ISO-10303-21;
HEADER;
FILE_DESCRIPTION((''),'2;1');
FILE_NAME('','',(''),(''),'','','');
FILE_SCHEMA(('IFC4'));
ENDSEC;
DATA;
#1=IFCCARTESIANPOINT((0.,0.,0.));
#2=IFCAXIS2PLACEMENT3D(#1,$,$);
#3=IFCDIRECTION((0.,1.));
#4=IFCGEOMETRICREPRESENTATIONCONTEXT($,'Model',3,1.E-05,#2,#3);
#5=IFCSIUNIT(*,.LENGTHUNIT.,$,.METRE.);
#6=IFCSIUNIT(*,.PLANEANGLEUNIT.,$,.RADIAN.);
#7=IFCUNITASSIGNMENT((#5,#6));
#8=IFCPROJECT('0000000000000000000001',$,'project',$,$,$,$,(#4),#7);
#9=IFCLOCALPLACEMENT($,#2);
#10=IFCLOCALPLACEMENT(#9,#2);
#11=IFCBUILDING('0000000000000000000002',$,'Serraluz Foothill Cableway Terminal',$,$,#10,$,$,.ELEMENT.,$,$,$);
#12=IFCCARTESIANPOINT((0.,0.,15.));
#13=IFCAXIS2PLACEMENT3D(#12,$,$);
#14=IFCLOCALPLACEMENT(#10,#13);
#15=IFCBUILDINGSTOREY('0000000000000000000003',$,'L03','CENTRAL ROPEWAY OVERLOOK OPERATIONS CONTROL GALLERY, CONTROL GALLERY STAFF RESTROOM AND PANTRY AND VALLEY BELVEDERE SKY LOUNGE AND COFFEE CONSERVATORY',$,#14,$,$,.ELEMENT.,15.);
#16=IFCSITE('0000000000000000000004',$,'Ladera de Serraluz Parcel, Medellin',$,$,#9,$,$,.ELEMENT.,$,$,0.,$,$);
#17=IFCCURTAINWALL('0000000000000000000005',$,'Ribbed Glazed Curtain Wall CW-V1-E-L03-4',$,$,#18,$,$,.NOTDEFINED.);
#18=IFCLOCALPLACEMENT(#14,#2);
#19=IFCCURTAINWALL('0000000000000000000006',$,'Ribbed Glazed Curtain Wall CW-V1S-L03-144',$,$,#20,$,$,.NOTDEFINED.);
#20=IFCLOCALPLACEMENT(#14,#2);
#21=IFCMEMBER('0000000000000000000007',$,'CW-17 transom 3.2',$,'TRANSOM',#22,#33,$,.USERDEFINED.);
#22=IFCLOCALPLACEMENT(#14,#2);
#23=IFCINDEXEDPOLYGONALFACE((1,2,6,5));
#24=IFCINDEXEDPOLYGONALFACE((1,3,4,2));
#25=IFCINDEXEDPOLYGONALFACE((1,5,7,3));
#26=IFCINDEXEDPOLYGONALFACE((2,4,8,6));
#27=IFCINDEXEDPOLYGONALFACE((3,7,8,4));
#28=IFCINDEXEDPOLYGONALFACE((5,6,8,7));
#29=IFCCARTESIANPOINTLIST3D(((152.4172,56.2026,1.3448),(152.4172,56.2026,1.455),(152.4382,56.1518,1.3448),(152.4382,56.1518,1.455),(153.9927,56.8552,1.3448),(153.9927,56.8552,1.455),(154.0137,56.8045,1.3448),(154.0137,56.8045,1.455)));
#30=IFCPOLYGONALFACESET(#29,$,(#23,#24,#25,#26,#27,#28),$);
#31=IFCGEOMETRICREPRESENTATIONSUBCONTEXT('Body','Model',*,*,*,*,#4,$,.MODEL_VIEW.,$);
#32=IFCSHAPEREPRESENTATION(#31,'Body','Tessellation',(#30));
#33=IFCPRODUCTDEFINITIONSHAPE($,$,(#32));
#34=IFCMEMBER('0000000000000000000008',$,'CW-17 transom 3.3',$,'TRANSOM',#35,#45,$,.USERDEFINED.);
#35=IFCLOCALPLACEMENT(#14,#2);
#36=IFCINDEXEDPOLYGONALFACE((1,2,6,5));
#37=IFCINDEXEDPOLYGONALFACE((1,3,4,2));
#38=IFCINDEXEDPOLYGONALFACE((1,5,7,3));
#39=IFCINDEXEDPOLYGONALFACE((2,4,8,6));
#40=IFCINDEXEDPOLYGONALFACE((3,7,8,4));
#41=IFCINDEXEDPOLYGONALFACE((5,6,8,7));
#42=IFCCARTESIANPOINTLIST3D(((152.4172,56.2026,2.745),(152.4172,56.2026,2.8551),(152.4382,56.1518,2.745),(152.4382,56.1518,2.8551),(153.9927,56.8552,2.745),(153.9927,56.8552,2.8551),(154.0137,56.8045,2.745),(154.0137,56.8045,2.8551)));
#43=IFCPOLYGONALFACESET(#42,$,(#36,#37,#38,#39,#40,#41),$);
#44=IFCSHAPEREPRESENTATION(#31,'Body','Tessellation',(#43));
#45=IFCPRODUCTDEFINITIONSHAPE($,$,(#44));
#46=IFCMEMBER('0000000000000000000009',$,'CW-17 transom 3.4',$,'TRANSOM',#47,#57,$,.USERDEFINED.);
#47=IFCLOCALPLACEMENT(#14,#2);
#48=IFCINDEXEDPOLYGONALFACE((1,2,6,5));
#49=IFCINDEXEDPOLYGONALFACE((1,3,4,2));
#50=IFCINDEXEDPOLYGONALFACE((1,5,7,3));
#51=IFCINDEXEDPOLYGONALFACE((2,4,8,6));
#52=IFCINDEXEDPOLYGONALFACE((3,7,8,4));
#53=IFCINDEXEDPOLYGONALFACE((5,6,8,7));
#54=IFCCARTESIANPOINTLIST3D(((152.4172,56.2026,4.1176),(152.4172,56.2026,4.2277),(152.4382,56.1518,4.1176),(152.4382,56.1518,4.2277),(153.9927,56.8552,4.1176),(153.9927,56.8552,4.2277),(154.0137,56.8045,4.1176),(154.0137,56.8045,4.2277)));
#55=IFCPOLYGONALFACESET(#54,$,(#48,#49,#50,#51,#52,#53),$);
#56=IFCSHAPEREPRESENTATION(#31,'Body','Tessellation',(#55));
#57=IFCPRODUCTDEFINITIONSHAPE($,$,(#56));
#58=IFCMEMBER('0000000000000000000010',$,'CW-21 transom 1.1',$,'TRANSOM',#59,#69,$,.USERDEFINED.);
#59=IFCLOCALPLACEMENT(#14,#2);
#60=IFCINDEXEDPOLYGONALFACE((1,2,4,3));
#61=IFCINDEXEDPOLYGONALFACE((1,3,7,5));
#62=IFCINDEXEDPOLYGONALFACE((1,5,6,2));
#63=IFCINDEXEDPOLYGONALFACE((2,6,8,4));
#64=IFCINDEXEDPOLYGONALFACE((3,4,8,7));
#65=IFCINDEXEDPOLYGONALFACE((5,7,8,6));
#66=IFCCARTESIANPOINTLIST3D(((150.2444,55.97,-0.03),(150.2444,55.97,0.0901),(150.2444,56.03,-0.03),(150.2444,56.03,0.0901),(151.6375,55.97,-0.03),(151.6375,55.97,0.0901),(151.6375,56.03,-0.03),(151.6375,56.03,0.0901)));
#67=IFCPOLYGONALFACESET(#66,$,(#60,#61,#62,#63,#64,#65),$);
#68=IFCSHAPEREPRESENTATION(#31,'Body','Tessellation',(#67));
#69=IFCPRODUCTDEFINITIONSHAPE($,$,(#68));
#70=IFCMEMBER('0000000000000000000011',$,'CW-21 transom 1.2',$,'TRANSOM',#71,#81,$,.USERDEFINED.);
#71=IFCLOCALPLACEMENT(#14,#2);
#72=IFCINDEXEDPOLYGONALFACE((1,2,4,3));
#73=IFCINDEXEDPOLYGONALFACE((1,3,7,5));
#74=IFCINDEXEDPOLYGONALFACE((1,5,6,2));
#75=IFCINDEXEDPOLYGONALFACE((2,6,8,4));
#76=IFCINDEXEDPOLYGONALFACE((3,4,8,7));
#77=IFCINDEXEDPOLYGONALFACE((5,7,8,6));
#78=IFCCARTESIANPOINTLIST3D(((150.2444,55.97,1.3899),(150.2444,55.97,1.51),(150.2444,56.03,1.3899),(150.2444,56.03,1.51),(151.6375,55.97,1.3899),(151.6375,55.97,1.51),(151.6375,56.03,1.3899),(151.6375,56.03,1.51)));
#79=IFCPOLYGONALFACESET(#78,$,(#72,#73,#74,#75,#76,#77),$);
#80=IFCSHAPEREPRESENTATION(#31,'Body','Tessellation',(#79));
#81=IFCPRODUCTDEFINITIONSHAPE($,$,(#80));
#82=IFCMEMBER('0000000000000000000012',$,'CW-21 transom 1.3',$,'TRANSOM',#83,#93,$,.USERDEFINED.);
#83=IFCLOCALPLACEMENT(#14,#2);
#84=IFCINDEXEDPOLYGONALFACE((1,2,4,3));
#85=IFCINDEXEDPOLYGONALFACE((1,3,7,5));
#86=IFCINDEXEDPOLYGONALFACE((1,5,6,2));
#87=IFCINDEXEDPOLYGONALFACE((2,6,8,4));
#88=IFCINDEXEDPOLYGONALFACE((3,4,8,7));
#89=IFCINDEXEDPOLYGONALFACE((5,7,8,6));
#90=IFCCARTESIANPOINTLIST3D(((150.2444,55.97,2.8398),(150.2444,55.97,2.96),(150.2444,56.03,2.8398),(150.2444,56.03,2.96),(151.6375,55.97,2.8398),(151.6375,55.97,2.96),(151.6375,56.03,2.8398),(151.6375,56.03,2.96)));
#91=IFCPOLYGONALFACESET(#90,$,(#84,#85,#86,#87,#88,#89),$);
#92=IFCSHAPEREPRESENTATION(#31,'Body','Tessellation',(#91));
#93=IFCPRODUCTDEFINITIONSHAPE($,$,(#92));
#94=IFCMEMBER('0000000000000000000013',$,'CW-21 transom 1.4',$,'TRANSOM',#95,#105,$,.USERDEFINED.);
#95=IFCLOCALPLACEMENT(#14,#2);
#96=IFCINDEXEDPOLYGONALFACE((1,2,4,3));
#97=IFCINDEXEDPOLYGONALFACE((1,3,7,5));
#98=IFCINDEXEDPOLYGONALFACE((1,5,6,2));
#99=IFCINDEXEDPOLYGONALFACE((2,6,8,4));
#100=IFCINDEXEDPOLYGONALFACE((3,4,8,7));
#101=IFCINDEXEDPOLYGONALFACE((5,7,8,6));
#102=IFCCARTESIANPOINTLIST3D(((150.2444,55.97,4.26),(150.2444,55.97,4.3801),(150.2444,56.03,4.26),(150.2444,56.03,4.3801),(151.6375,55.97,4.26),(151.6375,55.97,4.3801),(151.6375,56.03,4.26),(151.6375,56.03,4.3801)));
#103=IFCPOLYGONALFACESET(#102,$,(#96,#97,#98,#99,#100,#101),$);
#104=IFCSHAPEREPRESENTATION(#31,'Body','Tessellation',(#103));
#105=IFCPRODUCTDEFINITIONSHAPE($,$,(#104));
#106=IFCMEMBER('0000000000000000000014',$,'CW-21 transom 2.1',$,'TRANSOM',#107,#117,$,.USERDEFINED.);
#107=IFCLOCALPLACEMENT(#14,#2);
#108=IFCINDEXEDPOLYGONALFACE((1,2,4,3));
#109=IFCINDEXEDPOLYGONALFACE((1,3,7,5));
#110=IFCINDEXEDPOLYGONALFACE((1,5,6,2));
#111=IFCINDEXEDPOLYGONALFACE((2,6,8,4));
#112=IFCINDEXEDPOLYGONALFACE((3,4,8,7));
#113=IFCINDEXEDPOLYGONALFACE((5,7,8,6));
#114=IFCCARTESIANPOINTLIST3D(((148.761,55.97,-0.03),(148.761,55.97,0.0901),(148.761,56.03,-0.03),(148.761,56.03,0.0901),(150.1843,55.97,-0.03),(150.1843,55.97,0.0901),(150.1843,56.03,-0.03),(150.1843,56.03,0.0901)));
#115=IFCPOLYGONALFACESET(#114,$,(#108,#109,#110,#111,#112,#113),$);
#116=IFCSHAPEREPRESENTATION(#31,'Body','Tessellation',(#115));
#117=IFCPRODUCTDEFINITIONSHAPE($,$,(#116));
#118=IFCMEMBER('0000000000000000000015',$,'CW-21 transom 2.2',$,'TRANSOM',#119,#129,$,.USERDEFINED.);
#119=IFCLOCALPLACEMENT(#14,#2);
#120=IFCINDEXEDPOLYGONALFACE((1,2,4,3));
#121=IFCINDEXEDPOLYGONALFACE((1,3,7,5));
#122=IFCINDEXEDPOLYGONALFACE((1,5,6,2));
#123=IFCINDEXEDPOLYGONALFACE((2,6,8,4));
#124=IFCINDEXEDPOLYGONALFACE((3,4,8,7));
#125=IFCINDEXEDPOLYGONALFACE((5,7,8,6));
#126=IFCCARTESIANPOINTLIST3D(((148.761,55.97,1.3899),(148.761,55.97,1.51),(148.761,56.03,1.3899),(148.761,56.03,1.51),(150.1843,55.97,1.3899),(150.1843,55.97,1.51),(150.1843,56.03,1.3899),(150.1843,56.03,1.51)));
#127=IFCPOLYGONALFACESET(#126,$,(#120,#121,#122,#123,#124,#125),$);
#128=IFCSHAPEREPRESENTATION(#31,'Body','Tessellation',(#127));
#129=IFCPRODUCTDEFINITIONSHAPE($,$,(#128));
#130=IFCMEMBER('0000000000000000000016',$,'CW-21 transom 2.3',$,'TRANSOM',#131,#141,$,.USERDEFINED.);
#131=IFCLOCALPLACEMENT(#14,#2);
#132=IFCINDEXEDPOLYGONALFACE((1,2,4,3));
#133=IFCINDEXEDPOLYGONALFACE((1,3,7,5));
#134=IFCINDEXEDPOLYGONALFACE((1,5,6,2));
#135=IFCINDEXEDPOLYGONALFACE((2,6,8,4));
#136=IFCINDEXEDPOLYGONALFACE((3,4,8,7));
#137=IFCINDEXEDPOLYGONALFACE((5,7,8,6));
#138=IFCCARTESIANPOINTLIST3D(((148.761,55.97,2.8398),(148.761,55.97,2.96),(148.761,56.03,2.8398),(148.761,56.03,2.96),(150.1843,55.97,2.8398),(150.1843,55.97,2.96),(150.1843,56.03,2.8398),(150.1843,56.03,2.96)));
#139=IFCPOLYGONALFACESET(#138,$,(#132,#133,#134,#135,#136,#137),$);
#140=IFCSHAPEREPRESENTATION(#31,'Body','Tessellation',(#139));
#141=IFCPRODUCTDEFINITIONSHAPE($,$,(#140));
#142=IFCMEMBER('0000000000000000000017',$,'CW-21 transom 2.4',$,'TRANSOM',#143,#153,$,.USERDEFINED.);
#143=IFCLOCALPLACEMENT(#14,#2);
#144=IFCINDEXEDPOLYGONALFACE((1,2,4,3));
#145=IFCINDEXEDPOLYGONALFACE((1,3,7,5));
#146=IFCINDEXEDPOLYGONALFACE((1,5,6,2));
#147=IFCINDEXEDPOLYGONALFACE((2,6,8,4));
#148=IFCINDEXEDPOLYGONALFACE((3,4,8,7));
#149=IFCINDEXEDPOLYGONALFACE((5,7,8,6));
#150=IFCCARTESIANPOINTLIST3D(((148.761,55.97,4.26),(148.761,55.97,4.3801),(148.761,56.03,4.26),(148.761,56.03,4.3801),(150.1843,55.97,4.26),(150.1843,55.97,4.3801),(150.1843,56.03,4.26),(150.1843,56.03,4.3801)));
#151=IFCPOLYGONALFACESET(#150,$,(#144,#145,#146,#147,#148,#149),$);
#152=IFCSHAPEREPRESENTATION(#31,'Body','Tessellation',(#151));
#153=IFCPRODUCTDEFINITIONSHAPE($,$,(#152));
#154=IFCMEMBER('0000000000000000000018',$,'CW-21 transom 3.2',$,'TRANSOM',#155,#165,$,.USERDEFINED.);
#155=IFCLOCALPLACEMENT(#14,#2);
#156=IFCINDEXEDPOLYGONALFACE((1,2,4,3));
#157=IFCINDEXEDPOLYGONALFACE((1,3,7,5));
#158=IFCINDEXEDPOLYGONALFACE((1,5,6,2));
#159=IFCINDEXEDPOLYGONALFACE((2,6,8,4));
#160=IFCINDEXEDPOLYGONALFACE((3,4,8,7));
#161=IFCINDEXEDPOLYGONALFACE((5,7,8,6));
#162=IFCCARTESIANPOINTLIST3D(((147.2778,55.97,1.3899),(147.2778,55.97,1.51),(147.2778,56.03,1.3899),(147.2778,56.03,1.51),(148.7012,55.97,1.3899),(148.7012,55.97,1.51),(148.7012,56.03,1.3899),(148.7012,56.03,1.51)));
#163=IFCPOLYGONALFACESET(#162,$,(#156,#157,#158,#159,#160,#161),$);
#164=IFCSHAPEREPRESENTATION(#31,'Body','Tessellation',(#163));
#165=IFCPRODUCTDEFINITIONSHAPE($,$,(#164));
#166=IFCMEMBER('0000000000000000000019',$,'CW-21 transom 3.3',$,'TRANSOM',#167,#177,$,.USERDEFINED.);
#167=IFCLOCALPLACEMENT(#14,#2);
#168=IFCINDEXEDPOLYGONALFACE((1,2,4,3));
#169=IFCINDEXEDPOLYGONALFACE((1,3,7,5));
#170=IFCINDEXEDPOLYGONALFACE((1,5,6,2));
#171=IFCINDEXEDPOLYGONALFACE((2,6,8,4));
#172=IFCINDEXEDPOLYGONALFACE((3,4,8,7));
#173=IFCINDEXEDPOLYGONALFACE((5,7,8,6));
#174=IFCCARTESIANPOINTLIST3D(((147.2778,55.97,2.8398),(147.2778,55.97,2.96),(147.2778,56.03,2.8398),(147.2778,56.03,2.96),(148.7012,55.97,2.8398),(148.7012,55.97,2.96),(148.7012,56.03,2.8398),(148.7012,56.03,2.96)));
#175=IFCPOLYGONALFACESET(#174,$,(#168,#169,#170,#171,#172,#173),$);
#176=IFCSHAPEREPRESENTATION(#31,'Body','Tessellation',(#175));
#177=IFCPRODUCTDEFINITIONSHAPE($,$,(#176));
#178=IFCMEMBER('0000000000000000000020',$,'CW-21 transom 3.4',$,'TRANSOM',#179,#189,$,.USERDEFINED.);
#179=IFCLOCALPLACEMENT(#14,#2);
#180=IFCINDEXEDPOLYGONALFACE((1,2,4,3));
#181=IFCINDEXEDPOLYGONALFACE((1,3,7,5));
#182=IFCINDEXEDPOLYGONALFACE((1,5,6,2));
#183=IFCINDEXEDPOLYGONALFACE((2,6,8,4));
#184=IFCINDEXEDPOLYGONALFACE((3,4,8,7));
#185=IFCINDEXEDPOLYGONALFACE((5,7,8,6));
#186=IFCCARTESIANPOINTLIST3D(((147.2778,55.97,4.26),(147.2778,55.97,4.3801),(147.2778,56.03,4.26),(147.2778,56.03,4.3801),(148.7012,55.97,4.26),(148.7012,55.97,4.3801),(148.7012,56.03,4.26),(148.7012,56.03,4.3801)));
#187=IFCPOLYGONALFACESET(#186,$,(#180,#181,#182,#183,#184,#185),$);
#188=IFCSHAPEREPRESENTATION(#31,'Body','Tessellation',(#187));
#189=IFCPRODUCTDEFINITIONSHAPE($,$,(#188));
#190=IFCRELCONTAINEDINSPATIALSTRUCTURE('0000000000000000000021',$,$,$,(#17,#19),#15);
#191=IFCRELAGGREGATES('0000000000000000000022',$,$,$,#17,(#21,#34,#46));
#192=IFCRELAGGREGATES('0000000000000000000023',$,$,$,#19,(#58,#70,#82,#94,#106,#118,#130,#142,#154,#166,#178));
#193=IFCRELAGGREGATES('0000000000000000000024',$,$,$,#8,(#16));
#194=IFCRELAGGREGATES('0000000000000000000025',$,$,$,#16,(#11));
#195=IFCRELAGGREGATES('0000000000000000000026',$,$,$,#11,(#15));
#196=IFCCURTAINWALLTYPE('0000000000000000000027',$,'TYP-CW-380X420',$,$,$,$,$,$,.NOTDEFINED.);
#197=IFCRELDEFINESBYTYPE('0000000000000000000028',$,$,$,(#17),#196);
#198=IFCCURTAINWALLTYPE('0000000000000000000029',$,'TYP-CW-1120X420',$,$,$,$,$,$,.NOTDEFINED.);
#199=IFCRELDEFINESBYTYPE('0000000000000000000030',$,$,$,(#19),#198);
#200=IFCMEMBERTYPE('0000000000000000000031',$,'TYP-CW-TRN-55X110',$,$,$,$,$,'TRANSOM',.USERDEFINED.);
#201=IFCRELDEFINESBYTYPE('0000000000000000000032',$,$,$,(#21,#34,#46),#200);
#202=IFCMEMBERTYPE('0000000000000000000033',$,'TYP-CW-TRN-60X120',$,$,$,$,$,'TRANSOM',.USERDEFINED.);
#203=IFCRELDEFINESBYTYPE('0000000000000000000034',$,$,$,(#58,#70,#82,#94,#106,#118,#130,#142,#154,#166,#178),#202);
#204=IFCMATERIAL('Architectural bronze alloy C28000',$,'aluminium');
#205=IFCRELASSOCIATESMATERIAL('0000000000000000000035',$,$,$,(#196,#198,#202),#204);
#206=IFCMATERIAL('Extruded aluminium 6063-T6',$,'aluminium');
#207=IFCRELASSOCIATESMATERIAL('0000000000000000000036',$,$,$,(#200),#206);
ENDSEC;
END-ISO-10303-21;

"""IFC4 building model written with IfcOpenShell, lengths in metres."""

from ifc_helpers import new_model, si_unit, direction, frame, origin, origin_2d, place, context, subcontext, project, spatial, rectangle, extrude, material, material_profile, profile_set, type_object, element, aggregate, save


model = new_model("IFC4")

# Units and contexts
model_context = context("Model", 3, precision=1e-05, world=origin(), true_north=direction((0.0, 1.0)))
body_context = subcontext(model_context, "Body", "Model", "MODEL_VIEW")
ifc_project = project(units=[si_unit("LENGTHUNIT", "METRE"), si_unit("PLANEANGLEUNIT", "RADIAN")], contexts=[model_context])

# Site, building, storey
site_placement = place(None, origin())
site = spatial("IfcSite", under=ifc_project, at=site_placement, Name="Ladera de Serraluz Parcel, Medellin", CompositionType="ELEMENT", RefElevation=0.0)
building_placement = place(site_placement, origin())
building = spatial("IfcBuilding", under=site, at=building_placement, Name="Serraluz Foothill Cableway Terminal", CompositionType="ELEMENT")
storey_placement = place(building_placement, frame((0.0, 0.0, 15.0)))
storey = spatial("IfcBuildingStorey", under=building, at=storey_placement, Name="L03", Description="CENTRAL ROPEWAY OVERLOOK OPERATIONS CONTROL GALLERY, CONTROL GALLERY STAFF RESTROOM AND PANTRY AND VALLEY BELVEDERE SKY LOUNGE AND COFFEE CONSERVATORY", CompositionType="ELEMENT", Elevation=15.0)

# Curtain walls
ifc_material_1 = material(Name="Architectural bronze alloy C28000", Category="aluminium")
curtain_wall_type_1 = type_object("IfcCurtainWallType", Name="TYP-CW-380X420", PredefinedType="NOTDEFINED", material=ifc_material_1)
curtain_wall_1_placement = place(storey_placement, origin())
curtain_wall_1 = element("IfcCurtainWall", 1, at=curtain_wall_1_placement, inside=storey, type_object=curtain_wall_type_1, Name="Ribbed Glazed Curtain Wall CW-V1-E-L03-4", PredefinedType="NOTDEFINED")
ifc_material_2 = material(Name="Extruded aluminium 6063-T6", Category="aluminium")
curtain_wall_type_2 = type_object("IfcCurtainWallType", Name="TYP-CW-1120X420", PredefinedType="NOTDEFINED", material=ifc_material_1)
curtain_wall_2_placement = place(storey_placement, origin())
curtain_wall_2 = element("IfcCurtainWall", 2, at=curtain_wall_2_placement, inside=storey, type_object=curtain_wall_type_2, Name="Ribbed Glazed Curtain Wall CW-V1S-L03-144", PredefinedType="NOTDEFINED")

# Members
ifc_material_profile_1 = material_profile(ifc_material_2, rectangle(XDim=0.0549, YDim=0.1101, at=origin_2d()), Name="ALU TRANSOM 55x110")
ifc_profile_set_1 = profile_set([ifc_material_profile_1], Name="Extruded aluminium 6063-T6")
member_type_1 = type_object("IfcMemberType", Name="TYP-CW-TRN-55X110", ElementType="TRANSOM", PredefinedType="USERDEFINED", material=ifc_profile_set_1)
member_1_placement = place(storey_placement, frame((154.0032, 56.8298, 1.3999), z_axis=(-0.923875, -0.382693, 0.0), x_axis=(0.382693, -0.923875, 0.0)))
member_1 = element("IfcMember", 3, at=member_1_placement, type_object=member_type_1, Name="CW-17 transom 3.2", ObjectType="TRANSOM", PredefinedType="USERDEFINED", context=body_context, shape_type="SweptSolid", body=[
    extrude(rectangle(XDim=0.0549, YDim=0.1101, at=origin_2d()), origin(), (0.0, 0.0, 1.0), 1.7053),
])
member_2_placement = place(storey_placement, frame((154.0032, 56.8298, 2.8), z_axis=(-0.923875, -0.382693, 0.0), x_axis=(0.382693, -0.923875, 0.0)))
member_2 = element("IfcMember", 4, at=member_2_placement, type_object=member_type_1, Name="CW-17 transom 3.3", ObjectType="TRANSOM", PredefinedType="USERDEFINED", context=body_context, shape_type="SweptSolid", body=[
    extrude(rectangle(XDim=0.0549, YDim=0.1101, at=origin_2d()), origin(), (0.0, 0.0, 1.0), 1.7053),
])
member_3_placement = place(storey_placement, frame((154.0032, 56.8298, 4.1726), z_axis=(-0.923875, -0.382693, 0.0), x_axis=(0.382693, -0.923875, 0.0)))
member_3 = element("IfcMember", 5, at=member_3_placement, type_object=member_type_1, Name="CW-17 transom 3.4", ObjectType="TRANSOM", PredefinedType="USERDEFINED", context=body_context, shape_type="SweptSolid", body=[
    extrude(rectangle(XDim=0.0549, YDim=0.1101, at=origin_2d()), origin(), (0.0, 0.0, 1.0), 1.7053),
])
ifc_material_profile_2 = material_profile(ifc_material_1, rectangle(XDim=0.0601, YDim=0.1201, at=origin_2d()), Name="ALU TRANSOM 60x120")
ifc_profile_set_2 = profile_set([ifc_material_profile_2], Name="Architectural bronze alloy C28000")
member_type_2 = type_object("IfcMemberType", Name="TYP-CW-TRN-60X120", ElementType="TRANSOM", PredefinedType="USERDEFINED", material=ifc_profile_set_2)
member_4_placement = place(storey_placement, frame((151.6375, 56.0, 0.03), z_axis=(-1.0, 0.0, 0.0), x_axis=(0.0, -1.0, 0.0)))
member_4 = element("IfcMember", 6, at=member_4_placement, type_object=member_type_2, Name="CW-21 transom 1.1", ObjectType="TRANSOM", PredefinedType="USERDEFINED", context=body_context, shape_type="SweptSolid", body=[
    extrude(rectangle(XDim=0.0601, YDim=0.1201, at=origin_2d()), origin(), (0.0, 0.0, 1.0), 1.3931),
])
member_5_placement = place(storey_placement, frame((151.6375, 56.0, 1.45), z_axis=(-1.0, 0.0, 0.0), x_axis=(0.0, -1.0, 0.0)))
member_5 = element("IfcMember", 7, at=member_5_placement, type_object=member_type_2, Name="CW-21 transom 1.2", ObjectType="TRANSOM", PredefinedType="USERDEFINED", context=body_context, shape_type="SweptSolid", body=[
    extrude(rectangle(XDim=0.0601, YDim=0.1201, at=origin_2d()), origin(), (0.0, 0.0, 1.0), 1.3931),
])
member_6_placement = place(storey_placement, frame((151.6375, 56.0, 2.8999), z_axis=(-1.0, 0.0, 0.0), x_axis=(0.0, -1.0, 0.0)))
member_6 = element("IfcMember", 8, at=member_6_placement, type_object=member_type_2, Name="CW-21 transom 1.3", ObjectType="TRANSOM", PredefinedType="USERDEFINED", context=body_context, shape_type="SweptSolid", body=[
    extrude(rectangle(XDim=0.0601, YDim=0.1201, at=origin_2d()), origin(), (0.0, 0.0, 1.0), 1.3931),
])
member_7_placement = place(storey_placement, frame((151.6375, 56.0, 4.3201), z_axis=(-1.0, 0.0, 0.0), x_axis=(0.0, -1.0, 0.0)))
member_7 = element("IfcMember", 9, at=member_7_placement, type_object=member_type_2, Name="CW-21 transom 1.4", ObjectType="TRANSOM", PredefinedType="USERDEFINED", context=body_context, shape_type="SweptSolid", body=[
    extrude(rectangle(XDim=0.0601, YDim=0.1201, at=origin_2d()), origin(), (0.0, 0.0, 1.0), 1.3931),
])
member_8_placement = place(storey_placement, frame((150.1843, 56.0, 0.03), z_axis=(-1.0, 0.0, 0.0), x_axis=(0.0, -1.0, 0.0)))
member_8 = element("IfcMember", 10, at=member_8_placement, type_object=member_type_2, Name="CW-21 transom 2.1", ObjectType="TRANSOM", PredefinedType="USERDEFINED", context=body_context, shape_type="SweptSolid", body=[
    extrude(rectangle(XDim=0.0601, YDim=0.1201, at=origin_2d()), origin(), (0.0, 0.0, 1.0), 1.4233),
])
member_9_placement = place(storey_placement, frame((150.1843, 56.0, 1.45), z_axis=(-1.0, 0.0, 0.0), x_axis=(0.0, -1.0, 0.0)))
member_9 = element("IfcMember", 11, at=member_9_placement, type_object=member_type_2, Name="CW-21 transom 2.2", ObjectType="TRANSOM", PredefinedType="USERDEFINED", context=body_context, shape_type="SweptSolid", body=[
    extrude(rectangle(XDim=0.0601, YDim=0.1201, at=origin_2d()), origin(), (0.0, 0.0, 1.0), 1.4233),
])
member_10_placement = place(storey_placement, frame((150.1843, 56.0, 2.8999), z_axis=(-1.0, 0.0, 0.0), x_axis=(0.0, -1.0, 0.0)))
member_10 = element("IfcMember", 12, at=member_10_placement, type_object=member_type_2, Name="CW-21 transom 2.3", ObjectType="TRANSOM", PredefinedType="USERDEFINED", context=body_context, shape_type="SweptSolid", body=[
    extrude(rectangle(XDim=0.0601, YDim=0.1201, at=origin_2d()), origin(), (0.0, 0.0, 1.0), 1.4233),
])
member_11_placement = place(storey_placement, frame((150.1843, 56.0, 4.3201), z_axis=(-1.0, 0.0, 0.0), x_axis=(0.0, -1.0, 0.0)))
member_11 = element("IfcMember", 13, at=member_11_placement, type_object=member_type_2, Name="CW-21 transom 2.4", ObjectType="TRANSOM", PredefinedType="USERDEFINED", context=body_context, shape_type="SweptSolid", body=[
    extrude(rectangle(XDim=0.0601, YDim=0.1201, at=origin_2d()), origin(), (0.0, 0.0, 1.0), 1.4233),
])
member_12_placement = place(storey_placement, frame((148.7012, 56.0, 1.45), z_axis=(-1.0, 0.0, 0.0), x_axis=(0.0, -1.0, 0.0)))
member_12 = element("IfcMember", 14, at=member_12_placement, type_object=member_type_2, Name="CW-21 transom 3.2", ObjectType="TRANSOM", PredefinedType="USERDEFINED", context=body_context, shape_type="SweptSolid", body=[
    extrude(rectangle(XDim=0.0601, YDim=0.1201, at=origin_2d()), origin(), (0.0, 0.0, 1.0), 1.4233),
])
member_13_placement = place(storey_placement, frame((148.7012, 56.0, 2.8999), z_axis=(-1.0, 0.0, 0.0), x_axis=(0.0, -1.0, 0.0)))
member_13 = element("IfcMember", 15, at=member_13_placement, type_object=member_type_2, Name="CW-21 transom 3.3", ObjectType="TRANSOM", PredefinedType="USERDEFINED", context=body_context, shape_type="SweptSolid", body=[
    extrude(rectangle(XDim=0.0601, YDim=0.1201, at=origin_2d()), origin(), (0.0, 0.0, 1.0), 1.4233),
])
member_14_placement = place(storey_placement, frame((148.7012, 56.0, 4.3201), z_axis=(-1.0, 0.0, 0.0), x_axis=(0.0, -1.0, 0.0)))
member_14 = element("IfcMember", 16, at=member_14_placement, type_object=member_type_2, Name="CW-21 transom 3.4", ObjectType="TRANSOM", PredefinedType="USERDEFINED", context=body_context, shape_type="SweptSolid", body=[
    extrude(rectangle(XDim=0.0601, YDim=0.1201, at=origin_2d()), origin(), (0.0, 0.0, 1.0), 1.4233),
])

aggregate(curtain_wall_1, [member_1, member_2, member_3])
aggregate(curtain_wall_2, [member_4, member_5, member_6, member_7, member_8, member_9, member_10, member_11, member_12, member_13, member_14])

save(model, "model.ifc")
